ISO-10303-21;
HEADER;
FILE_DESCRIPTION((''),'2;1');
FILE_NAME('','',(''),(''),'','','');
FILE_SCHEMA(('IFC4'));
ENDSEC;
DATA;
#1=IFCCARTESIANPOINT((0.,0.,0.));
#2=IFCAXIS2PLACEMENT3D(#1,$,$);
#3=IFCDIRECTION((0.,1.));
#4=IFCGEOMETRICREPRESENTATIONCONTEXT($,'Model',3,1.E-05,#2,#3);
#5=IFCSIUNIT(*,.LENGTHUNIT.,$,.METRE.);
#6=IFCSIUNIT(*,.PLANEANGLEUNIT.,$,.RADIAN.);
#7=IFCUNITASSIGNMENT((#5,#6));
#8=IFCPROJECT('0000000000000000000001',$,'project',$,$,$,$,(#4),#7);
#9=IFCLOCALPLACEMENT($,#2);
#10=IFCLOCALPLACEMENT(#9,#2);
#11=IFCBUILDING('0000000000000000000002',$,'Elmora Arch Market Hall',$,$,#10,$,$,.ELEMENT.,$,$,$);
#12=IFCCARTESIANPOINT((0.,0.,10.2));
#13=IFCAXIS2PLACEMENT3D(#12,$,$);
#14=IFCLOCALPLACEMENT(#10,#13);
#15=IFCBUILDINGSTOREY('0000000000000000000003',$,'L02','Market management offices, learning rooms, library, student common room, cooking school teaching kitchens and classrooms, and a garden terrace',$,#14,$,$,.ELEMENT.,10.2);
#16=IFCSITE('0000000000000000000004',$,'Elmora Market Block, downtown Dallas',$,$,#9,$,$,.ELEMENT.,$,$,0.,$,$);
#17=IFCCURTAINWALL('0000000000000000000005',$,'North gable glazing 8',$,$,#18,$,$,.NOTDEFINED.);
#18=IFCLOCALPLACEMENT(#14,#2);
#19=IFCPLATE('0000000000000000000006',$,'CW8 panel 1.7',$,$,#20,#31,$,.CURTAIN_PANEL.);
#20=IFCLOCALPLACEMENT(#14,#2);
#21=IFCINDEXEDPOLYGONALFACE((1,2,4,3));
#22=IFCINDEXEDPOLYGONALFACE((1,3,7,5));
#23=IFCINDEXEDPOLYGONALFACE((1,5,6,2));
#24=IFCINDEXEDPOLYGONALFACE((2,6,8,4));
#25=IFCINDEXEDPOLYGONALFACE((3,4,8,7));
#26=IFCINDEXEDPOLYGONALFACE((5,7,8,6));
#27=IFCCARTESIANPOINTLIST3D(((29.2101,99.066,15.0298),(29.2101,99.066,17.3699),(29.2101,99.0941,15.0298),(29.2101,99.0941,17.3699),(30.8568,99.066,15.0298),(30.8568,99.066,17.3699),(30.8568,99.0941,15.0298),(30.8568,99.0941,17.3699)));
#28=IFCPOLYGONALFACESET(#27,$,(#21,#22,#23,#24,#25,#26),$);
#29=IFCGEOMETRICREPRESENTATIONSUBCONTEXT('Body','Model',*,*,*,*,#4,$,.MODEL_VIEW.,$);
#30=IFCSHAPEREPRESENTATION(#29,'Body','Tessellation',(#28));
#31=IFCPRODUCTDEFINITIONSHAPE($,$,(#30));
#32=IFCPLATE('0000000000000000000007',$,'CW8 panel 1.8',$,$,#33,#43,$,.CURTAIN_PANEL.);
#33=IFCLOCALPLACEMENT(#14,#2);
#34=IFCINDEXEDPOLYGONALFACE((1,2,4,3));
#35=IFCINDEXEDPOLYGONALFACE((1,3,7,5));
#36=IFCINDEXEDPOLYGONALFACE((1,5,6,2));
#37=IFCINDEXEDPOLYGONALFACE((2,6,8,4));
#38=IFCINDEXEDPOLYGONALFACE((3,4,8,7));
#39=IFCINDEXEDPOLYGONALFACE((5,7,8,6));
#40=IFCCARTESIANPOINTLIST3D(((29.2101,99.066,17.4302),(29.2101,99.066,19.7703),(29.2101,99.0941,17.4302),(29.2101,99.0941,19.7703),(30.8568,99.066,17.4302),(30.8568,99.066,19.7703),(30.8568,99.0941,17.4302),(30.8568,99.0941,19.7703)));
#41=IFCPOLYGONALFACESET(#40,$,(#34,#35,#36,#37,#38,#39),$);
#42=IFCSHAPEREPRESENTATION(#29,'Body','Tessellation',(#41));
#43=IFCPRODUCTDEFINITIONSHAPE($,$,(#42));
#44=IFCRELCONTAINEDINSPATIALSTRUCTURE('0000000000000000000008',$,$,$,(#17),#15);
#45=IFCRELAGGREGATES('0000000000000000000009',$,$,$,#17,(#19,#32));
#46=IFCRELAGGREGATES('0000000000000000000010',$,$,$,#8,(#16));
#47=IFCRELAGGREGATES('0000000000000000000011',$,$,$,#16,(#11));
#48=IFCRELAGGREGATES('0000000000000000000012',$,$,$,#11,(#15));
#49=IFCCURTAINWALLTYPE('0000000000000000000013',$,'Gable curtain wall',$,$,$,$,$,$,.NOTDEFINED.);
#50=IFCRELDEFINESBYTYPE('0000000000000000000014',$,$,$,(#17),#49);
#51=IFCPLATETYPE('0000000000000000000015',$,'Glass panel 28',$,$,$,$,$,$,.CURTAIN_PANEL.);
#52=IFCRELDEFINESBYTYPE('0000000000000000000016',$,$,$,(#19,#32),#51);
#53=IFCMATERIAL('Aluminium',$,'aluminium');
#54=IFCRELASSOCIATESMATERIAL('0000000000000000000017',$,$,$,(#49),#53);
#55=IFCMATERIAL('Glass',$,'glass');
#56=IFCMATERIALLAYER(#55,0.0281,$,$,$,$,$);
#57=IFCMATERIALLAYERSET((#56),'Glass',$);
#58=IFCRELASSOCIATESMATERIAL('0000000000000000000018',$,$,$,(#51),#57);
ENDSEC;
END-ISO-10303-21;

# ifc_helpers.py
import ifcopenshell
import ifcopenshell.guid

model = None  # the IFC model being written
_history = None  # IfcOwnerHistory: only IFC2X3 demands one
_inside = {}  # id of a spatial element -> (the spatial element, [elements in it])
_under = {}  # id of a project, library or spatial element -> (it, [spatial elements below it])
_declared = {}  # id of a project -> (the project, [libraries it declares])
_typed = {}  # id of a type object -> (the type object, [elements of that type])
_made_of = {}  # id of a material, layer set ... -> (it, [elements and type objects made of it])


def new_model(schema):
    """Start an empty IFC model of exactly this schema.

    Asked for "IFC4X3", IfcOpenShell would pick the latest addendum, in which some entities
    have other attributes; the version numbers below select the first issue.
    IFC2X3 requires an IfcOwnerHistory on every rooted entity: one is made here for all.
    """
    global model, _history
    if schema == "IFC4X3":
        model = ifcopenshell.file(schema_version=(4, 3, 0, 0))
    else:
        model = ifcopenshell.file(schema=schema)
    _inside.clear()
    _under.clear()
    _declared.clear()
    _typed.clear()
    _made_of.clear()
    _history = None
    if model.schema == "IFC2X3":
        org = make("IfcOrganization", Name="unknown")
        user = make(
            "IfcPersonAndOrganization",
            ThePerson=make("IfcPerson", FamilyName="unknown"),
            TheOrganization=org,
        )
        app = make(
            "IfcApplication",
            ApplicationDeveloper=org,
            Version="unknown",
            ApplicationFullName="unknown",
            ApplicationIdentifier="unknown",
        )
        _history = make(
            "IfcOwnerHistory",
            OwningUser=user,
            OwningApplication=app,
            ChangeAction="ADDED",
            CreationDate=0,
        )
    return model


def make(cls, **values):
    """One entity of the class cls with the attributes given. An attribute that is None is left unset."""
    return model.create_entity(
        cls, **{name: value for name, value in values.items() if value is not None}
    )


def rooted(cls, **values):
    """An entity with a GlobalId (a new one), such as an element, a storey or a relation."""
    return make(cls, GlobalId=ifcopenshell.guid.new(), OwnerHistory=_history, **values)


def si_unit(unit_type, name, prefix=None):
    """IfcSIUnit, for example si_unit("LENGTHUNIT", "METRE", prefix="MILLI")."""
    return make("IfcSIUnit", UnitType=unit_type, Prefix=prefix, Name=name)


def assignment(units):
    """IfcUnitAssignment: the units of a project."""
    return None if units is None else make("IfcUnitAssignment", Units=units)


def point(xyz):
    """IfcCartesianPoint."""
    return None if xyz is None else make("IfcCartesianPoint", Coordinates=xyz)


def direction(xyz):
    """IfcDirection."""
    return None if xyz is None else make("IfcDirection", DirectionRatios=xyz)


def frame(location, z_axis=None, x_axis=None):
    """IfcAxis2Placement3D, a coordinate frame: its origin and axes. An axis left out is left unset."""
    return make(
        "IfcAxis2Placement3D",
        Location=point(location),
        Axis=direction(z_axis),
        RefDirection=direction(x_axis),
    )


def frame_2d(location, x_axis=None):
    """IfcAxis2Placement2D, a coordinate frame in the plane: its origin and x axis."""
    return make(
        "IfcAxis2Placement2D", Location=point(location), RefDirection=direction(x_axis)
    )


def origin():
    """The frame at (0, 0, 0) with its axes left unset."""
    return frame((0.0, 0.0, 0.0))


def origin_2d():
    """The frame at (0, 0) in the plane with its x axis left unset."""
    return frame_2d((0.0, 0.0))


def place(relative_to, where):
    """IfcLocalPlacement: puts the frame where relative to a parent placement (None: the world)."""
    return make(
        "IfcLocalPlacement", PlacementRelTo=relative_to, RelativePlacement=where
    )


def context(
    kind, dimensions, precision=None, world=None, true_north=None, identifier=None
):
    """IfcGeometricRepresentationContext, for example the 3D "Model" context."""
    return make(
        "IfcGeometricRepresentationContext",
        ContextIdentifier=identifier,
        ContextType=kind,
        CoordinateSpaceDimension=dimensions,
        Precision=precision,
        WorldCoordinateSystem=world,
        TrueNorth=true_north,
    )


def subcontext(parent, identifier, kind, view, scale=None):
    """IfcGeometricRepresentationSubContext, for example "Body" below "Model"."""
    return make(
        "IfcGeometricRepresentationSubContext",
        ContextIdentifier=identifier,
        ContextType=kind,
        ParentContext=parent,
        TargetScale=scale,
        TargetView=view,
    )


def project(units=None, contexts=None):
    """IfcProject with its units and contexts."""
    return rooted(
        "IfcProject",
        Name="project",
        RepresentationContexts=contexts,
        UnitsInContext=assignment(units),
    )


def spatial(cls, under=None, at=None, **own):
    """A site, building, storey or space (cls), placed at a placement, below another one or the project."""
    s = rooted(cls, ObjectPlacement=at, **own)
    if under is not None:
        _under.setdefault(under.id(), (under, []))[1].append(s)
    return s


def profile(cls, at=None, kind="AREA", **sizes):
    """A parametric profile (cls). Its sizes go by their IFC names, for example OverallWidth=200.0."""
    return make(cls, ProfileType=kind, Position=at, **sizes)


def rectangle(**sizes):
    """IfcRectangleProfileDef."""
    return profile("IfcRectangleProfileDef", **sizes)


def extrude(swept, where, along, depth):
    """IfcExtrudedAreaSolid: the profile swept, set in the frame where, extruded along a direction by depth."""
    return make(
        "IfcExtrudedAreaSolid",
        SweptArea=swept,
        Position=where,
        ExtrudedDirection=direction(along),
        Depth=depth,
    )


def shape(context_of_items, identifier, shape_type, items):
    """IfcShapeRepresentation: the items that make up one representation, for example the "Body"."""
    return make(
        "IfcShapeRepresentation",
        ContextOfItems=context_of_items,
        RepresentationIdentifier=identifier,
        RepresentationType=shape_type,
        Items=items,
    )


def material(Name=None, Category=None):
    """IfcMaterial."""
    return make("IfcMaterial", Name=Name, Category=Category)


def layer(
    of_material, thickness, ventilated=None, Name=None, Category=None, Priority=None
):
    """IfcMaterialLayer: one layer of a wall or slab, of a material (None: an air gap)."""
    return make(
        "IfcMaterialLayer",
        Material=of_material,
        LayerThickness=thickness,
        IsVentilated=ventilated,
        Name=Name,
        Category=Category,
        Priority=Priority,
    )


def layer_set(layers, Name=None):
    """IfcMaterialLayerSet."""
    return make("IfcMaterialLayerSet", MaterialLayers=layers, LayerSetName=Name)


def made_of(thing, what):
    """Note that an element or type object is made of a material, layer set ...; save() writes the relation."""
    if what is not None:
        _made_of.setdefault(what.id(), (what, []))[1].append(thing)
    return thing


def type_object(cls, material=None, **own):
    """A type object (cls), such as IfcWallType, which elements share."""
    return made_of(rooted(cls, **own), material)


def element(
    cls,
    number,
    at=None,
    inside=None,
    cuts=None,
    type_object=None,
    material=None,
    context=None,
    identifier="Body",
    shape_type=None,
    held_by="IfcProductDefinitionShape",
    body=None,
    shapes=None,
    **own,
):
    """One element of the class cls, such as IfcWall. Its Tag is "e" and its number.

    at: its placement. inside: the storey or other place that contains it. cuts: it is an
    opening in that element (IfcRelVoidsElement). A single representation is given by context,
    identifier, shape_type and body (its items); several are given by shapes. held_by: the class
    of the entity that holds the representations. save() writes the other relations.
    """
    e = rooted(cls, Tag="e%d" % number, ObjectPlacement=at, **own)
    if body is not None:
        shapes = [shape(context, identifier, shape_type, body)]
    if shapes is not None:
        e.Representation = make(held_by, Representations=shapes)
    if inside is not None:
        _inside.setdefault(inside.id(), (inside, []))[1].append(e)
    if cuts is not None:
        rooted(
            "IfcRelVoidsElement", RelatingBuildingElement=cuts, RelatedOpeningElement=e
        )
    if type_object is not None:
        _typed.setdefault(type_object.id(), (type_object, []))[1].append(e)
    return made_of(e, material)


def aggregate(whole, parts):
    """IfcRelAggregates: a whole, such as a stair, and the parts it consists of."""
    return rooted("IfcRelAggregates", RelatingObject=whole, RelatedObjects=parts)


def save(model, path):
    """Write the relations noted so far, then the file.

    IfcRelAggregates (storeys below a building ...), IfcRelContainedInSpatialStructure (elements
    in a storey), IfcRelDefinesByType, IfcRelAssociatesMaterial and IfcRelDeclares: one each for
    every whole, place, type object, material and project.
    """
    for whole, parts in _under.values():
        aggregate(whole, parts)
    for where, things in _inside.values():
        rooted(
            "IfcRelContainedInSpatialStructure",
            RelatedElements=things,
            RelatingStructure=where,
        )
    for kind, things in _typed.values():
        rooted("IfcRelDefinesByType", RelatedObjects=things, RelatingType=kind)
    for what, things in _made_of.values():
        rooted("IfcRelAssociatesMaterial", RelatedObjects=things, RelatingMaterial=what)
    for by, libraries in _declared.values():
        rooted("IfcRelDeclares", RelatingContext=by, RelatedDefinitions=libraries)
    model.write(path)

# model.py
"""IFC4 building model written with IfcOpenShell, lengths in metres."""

from ifc_helpers import new_model, si_unit, direction, frame, origin, origin_2d, place, context, subcontext, project, spatial, rectangle, extrude, material, layer, layer_set, type_object, element, aggregate, save


model = new_model("IFC4")

# Units and contexts
model_context = context("Model", 3, precision=1e-05, world=origin(), true_north=direction((0.0, 1.0)))
body_context = subcontext(model_context, "Body", "Model", "MODEL_VIEW")
ifc_project = project(units=[si_unit("LENGTHUNIT", "METRE"), si_unit("PLANEANGLEUNIT", "RADIAN")], contexts=[model_context])

# Site, building, storey
site_placement = place(None, origin())
site = spatial("IfcSite", under=ifc_project, at=site_placement, Name="Elmora Market Block, downtown Dallas", CompositionType="ELEMENT", RefElevation=0.0)
building_placement = place(site_placement, origin())
building = spatial("IfcBuilding", under=site, at=building_placement, Name="Elmora Arch Market Hall", CompositionType="ELEMENT")
storey_placement = place(building_placement, frame((0.0, 0.0, 10.2)))
storey = spatial("IfcBuildingStorey", under=building, at=storey_placement, Name="L02", Description="Market management offices, learning rooms, library, student common room, cooking school teaching kitchens and classrooms, and a garden terrace", CompositionType="ELEMENT", Elevation=10.2)

# Curtain wall
ifc_material_1 = material(Name="Aluminium", Category="aluminium")
curtain_wall_type = type_object("IfcCurtainWallType", Name="Gable curtain wall", PredefinedType="NOTDEFINED", material=ifc_material_1)
curtain_wall_1_placement = place(storey_placement, origin())
curtain_wall_1 = element("IfcCurtainWall", 1, at=curtain_wall_1_placement, inside=storey, type_object=curtain_wall_type, Name="North gable glazing 8", PredefinedType="NOTDEFINED")

# Plates
ifc_material_2 = material(Name="Glass", Category="glass")
ifc_layer = layer(ifc_material_2, 0.0281)
ifc_layer_set = layer_set([ifc_layer], Name="Glass")
plate_type = type_object("IfcPlateType", Name="Glass panel 28", PredefinedType="CURTAIN_PANEL", material=ifc_layer_set)
plate_1_placement = place(storey_placement, frame((30.0334, 99.0801, 15.0298), z_axis=(0.0, 0.0, 1.0), x_axis=(1.0, 0.0, 0.0)))
plate_1 = element("IfcPlate", 2, at=plate_1_placement, type_object=plate_type, Name="CW8 panel 1.7", PredefinedType="CURTAIN_PANEL", context=body_context, shape_type="SweptSolid", body=[
    extrude(rectangle(XDim=1.6467, YDim=0.0281, at=origin_2d()), origin(), (0.0, 0.0, 1.0), 2.3401),
])
plate_2_placement = place(storey_placement, frame((30.0334, 99.0801, 17.4302), z_axis=(0.0, 0.0, 1.0), x_axis=(1.0, 0.0, 0.0)))
plate_2 = element("IfcPlate", 3, at=plate_2_placement, type_object=plate_type, Name="CW8 panel 1.8", PredefinedType="CURTAIN_PANEL", context=body_context, shape_type="SweptSolid", body=[
    extrude(rectangle(XDim=1.6467, YDim=0.0281, at=origin_2d()), origin(), (0.0, 0.0, 1.0), 2.3401),
])
aggregate(curtain_wall_1, [plate_1, plate_2])

save(model, "model.ifc")
